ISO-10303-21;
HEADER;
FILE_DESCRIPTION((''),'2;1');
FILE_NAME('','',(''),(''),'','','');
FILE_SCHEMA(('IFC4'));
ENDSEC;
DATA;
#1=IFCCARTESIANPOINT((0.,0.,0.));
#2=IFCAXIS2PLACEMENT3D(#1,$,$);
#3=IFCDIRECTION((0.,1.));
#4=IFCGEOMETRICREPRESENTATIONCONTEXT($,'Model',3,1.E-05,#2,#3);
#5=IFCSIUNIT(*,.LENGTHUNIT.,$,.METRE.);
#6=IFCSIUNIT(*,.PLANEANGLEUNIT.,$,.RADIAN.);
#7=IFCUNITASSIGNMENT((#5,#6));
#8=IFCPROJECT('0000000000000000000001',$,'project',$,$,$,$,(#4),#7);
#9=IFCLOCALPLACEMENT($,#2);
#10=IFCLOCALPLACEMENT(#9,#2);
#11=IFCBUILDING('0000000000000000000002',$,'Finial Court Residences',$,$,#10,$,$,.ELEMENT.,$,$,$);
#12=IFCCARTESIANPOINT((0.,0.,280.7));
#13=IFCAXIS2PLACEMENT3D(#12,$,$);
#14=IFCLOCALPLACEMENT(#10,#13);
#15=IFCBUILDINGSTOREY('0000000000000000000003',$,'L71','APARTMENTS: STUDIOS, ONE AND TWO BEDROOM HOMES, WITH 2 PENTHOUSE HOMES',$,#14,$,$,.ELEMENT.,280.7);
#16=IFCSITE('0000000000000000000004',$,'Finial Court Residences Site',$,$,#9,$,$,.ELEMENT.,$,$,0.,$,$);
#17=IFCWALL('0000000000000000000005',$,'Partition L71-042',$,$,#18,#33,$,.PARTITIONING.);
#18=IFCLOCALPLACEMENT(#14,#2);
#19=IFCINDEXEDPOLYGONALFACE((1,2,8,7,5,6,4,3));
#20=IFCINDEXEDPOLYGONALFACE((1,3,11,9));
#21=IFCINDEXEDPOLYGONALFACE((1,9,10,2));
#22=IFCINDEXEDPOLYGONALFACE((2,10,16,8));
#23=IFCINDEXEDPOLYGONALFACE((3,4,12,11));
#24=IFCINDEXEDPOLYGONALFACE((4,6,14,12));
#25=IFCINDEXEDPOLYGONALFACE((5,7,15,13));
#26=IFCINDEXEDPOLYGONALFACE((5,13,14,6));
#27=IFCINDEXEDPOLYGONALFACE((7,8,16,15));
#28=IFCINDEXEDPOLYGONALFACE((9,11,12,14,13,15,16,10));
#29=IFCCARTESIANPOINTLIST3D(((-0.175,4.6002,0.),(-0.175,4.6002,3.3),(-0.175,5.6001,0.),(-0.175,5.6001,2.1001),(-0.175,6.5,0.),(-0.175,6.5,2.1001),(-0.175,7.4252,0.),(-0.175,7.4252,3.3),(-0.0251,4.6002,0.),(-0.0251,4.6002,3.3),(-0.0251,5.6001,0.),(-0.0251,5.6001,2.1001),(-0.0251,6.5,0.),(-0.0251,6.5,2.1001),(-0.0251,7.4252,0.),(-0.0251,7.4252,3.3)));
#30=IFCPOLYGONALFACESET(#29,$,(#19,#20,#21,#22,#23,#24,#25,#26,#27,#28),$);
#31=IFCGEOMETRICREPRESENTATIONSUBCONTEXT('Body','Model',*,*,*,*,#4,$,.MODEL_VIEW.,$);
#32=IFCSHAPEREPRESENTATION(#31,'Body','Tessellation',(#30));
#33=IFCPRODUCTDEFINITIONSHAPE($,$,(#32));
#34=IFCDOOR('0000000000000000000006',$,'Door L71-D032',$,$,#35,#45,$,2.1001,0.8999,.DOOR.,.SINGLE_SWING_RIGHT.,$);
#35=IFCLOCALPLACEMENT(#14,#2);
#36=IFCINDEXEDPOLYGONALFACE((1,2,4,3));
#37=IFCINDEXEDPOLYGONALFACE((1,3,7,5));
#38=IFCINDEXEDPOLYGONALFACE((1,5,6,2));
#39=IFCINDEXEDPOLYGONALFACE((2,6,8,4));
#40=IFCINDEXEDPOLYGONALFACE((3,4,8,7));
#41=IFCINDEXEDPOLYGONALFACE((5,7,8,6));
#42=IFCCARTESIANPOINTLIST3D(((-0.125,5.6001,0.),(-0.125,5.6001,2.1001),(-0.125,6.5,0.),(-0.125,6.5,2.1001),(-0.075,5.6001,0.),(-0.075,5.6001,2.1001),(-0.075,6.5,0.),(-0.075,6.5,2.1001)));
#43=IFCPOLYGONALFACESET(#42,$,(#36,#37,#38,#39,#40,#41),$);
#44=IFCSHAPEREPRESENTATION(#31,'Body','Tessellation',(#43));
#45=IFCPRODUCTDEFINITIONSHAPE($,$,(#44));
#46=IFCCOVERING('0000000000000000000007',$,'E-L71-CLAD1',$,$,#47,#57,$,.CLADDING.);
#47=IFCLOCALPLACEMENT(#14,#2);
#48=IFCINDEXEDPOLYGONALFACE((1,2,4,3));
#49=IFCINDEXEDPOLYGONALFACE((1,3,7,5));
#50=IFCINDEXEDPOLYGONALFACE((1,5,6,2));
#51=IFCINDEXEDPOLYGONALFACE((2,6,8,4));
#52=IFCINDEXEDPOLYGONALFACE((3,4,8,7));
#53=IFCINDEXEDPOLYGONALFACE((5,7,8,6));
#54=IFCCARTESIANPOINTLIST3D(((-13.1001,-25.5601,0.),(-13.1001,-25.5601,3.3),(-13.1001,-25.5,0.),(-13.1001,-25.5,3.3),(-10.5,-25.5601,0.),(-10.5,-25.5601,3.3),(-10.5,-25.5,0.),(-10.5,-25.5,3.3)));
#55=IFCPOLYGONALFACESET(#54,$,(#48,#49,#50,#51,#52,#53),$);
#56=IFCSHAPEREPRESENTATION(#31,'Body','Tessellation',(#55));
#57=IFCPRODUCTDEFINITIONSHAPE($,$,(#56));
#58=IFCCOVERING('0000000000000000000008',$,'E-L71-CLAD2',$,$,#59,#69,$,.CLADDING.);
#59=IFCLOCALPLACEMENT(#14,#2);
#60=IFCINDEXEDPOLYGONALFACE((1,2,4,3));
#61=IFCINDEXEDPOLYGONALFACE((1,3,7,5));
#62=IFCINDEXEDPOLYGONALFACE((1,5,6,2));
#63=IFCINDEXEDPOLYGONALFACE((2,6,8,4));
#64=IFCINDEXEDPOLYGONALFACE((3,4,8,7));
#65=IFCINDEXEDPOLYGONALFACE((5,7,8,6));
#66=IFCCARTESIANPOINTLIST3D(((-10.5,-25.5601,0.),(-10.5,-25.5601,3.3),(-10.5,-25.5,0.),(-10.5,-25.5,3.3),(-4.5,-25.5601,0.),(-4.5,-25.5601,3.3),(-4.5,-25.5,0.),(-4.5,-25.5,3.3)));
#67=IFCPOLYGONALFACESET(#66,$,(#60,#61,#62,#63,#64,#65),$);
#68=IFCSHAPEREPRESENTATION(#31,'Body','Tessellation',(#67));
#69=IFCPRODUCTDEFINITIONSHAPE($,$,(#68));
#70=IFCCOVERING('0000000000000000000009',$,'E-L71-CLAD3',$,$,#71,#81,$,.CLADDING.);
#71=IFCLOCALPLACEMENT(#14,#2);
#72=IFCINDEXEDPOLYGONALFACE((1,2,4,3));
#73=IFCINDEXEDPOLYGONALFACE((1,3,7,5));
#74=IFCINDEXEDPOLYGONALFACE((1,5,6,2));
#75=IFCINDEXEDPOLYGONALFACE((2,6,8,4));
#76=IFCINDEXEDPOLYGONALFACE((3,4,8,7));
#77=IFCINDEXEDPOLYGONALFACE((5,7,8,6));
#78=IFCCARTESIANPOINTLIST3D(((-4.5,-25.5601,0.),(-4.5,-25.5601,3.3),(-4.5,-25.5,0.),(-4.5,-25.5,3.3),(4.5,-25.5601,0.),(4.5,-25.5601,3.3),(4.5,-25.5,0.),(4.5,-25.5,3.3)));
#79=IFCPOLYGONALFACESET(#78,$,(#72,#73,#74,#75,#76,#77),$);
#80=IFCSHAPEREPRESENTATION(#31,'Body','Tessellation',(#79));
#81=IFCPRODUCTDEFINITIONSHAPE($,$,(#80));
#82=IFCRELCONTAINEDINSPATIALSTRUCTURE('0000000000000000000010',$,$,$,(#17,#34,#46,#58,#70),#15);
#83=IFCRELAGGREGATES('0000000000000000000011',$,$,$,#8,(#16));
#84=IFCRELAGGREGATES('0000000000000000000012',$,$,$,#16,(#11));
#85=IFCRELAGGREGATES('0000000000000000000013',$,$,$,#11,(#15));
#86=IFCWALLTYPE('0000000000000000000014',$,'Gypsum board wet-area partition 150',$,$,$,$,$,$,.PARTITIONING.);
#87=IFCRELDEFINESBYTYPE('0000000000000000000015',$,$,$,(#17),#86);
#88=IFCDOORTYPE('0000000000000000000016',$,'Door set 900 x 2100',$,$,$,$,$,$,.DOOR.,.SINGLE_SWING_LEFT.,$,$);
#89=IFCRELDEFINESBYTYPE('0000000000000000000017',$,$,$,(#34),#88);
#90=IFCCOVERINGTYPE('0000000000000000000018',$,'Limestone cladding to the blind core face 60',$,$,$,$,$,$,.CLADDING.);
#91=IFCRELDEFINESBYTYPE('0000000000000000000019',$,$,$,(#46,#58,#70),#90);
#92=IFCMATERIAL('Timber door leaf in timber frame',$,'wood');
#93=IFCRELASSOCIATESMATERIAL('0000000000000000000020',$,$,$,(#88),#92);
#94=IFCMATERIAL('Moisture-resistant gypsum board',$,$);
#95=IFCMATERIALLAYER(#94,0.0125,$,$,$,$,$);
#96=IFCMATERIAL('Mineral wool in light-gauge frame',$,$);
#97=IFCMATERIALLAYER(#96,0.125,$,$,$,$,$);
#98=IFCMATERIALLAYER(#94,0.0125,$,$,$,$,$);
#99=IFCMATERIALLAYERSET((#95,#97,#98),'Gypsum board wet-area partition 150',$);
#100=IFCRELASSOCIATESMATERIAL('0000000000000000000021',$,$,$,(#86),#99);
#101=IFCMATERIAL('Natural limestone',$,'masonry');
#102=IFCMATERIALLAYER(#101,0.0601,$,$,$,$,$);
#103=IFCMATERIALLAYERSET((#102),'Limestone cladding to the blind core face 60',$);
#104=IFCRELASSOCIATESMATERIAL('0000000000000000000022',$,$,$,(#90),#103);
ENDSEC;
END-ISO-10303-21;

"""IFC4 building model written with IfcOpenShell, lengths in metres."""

from ifc_helpers import new_model, si_unit, direction, frame, frame_2d, origin, place, context, subcontext, project, spatial, polyline, rectangle, outline, extrude, material, layer, layer_set, type_object, element, fill, save


model = new_model("IFC4")

# Units and contexts
model_context = context("Model", 3, precision=1e-05, world=origin(), true_north=direction((0.0, 1.0)))
body_context = subcontext(model_context, "Body", "Model", "MODEL_VIEW")
ifc_project = project(units=[si_unit("LENGTHUNIT", "METRE"), si_unit("PLANEANGLEUNIT", "RADIAN")], contexts=[model_context])

# Site, building, storey
site_placement = place(None, origin())
site = spatial("IfcSite", under=ifc_project, at=site_placement, Name="Finial Court Residences Site", CompositionType="ELEMENT", RefElevation=0.0)
building_placement = place(site_placement, origin())
building = spatial("IfcBuilding", under=site, at=building_placement, Name="Finial Court Residences", CompositionType="ELEMENT")
storey_placement = place(building_placement, frame((0.0, 0.0, 280.7)))
storey = spatial("IfcBuildingStorey", under=building, at=storey_placement, Name="L71", Description="APARTMENTS: STUDIOS, ONE AND TWO BEDROOM HOMES, WITH 2 PENTHOUSE HOMES", CompositionType="ELEMENT", Elevation=280.7)

# Shared definitions
ifc_material_1 = material(Name="Mineral wool in light-gauge frame")
ifc_material_2 = material(Name="Timber door leaf in timber frame", Category="wood")
door_type = type_object("IfcDoorType", Name="Door set 900 x 2100", OperationType="SINGLE_SWING_LEFT", PredefinedType="DOOR", material=ifc_material_2)
ifc_material_3 = material(Name="Moisture-resistant gypsum board")
ifc_layer_1 = layer(ifc_material_3, 0.0125)
ifc_layer_2 = layer(ifc_material_1, 0.125)
ifc_layer_3 = layer(ifc_material_3, 0.0125)
ifc_layer_set_1 = layer_set([ifc_layer_1, ifc_layer_2, ifc_layer_3], Name="Gypsum board wet-area partition 150")
wall_type_1 = type_object("IfcWallType", Name="Gypsum board wet-area partition 150", PredefinedType="PARTITIONING", material=ifc_layer_set_1)

# Wall, opening, door
wall_1_placement = place(storey_placement, frame((-0.1001, 4.6001, 0.0), z_axis=(0.0, 0.0, 1.0), x_axis=(0.0, 1.0, 0.0)))
wall_1 = element("IfcWall", 1, at=wall_1_placement, inside=storey, type_object=wall_type_1, Name="Partition L71-042", PredefinedType="PARTITIONING", context=body_context, shape_type="SweptSolid", body=[
    extrude(rectangle(XDim=2.825, YDim=0.1499, at=frame_2d((1.4126, 0.0))), origin(), (0.0, 0.0, 1.0), 3.3),
])
opening_1_placement = place(wall_1_placement, frame((1.0, 0.0, 0.0)))
opening_1 = element("IfcOpeningElement", 2, at=opening_1_placement, cuts=wall_1, PredefinedType="OPENING", context=body_context, shape_type="SweptSolid", body=[
    extrude(rectangle(XDim=0.8999, YDim=2.1001, at=frame_2d((0.45, 1.05))), frame((0.0, 0.085, 0.0), z_axis=(0.0, -1.0, 0.0), x_axis=(1.0, 0.0, 0.0)), (0.0, 0.0, 1.0), 0.1699),
])
door_1_placement = place(opening_1_placement, origin())
door_1 = element("IfcDoor", 3, at=door_1_placement, inside=storey, type_object=door_type, Name="Door L71-D032", OperationType="SINGLE_SWING_RIGHT", OverallHeight=2.1001, OverallWidth=0.8999, PredefinedType="DOOR", context=body_context, shape_type="SweptSolid", body=[
    extrude(rectangle(XDim=0.8999, YDim=2.1001, at=frame_2d((0.45, 1.05))), frame((0.0, 0.0249, 0.0), z_axis=(0.0, -1.0, 0.0), x_axis=(1.0, 0.0, 0.0)), (0.0, 0.0, 1.0), 0.05),
])
fill(opening_1, door_1)

# Coverings
ifc_material_4 = material(Name="Natural limestone", Category="masonry")
ifc_layer_4 = layer(ifc_material_4, 0.0601)
ifc_layer_set_2 = layer_set([ifc_layer_4], Name="Limestone cladding to the blind core face 60")
covering_type = type_object("IfcCoveringType", Name="Limestone cladding to the blind core face 60", PredefinedType="CLADDING", material=ifc_layer_set_2)
covering_1_placement = place(storey_placement, origin())
element("IfcCovering", 4, at=covering_1_placement, inside=storey, type_object=covering_type, Name="E-L71-CLAD1", PredefinedType="CLADDING", context=body_context, shape_type="SweptSolid", body=[
    extrude(outline(polyline([(-10.5, -25.5601), (-10.5, -25.5), (-13.1001, -25.5), (-13.1001, -25.5601), (-10.5, -25.5601)])), origin(), (0.0, 0.0, 1.0), 3.3),
])
covering_2_placement = place(storey_placement, origin())
element("IfcCovering", 5, at=covering_2_placement, inside=storey, type_object=covering_type, Name="E-L71-CLAD2", PredefinedType="CLADDING", context=body_context, shape_type="SweptSolid", body=[
    extrude(outline(polyline([(-4.5, -25.5601), (-4.5, -25.5), (-10.5, -25.5), (-10.5, -25.5601), (-4.5, -25.5601)])), origin(), (0.0, 0.0, 1.0), 3.3),
])
covering_3_placement = place(storey_placement, origin())
element("IfcCovering", 6, at=covering_3_placement, inside=storey, type_object=covering_type, Name="E-L71-CLAD3", PredefinedType="CLADDING", context=body_context, shape_type="SweptSolid", body=[
    extrude(outline(polyline([(4.5, -25.5601), (4.5, -25.5), (-4.5, -25.5), (-4.5, -25.5601), (4.5, -25.5601)])), origin(), (0.0, 0.0, 1.0), 3.3),
])

save(model, "model.ifc")
